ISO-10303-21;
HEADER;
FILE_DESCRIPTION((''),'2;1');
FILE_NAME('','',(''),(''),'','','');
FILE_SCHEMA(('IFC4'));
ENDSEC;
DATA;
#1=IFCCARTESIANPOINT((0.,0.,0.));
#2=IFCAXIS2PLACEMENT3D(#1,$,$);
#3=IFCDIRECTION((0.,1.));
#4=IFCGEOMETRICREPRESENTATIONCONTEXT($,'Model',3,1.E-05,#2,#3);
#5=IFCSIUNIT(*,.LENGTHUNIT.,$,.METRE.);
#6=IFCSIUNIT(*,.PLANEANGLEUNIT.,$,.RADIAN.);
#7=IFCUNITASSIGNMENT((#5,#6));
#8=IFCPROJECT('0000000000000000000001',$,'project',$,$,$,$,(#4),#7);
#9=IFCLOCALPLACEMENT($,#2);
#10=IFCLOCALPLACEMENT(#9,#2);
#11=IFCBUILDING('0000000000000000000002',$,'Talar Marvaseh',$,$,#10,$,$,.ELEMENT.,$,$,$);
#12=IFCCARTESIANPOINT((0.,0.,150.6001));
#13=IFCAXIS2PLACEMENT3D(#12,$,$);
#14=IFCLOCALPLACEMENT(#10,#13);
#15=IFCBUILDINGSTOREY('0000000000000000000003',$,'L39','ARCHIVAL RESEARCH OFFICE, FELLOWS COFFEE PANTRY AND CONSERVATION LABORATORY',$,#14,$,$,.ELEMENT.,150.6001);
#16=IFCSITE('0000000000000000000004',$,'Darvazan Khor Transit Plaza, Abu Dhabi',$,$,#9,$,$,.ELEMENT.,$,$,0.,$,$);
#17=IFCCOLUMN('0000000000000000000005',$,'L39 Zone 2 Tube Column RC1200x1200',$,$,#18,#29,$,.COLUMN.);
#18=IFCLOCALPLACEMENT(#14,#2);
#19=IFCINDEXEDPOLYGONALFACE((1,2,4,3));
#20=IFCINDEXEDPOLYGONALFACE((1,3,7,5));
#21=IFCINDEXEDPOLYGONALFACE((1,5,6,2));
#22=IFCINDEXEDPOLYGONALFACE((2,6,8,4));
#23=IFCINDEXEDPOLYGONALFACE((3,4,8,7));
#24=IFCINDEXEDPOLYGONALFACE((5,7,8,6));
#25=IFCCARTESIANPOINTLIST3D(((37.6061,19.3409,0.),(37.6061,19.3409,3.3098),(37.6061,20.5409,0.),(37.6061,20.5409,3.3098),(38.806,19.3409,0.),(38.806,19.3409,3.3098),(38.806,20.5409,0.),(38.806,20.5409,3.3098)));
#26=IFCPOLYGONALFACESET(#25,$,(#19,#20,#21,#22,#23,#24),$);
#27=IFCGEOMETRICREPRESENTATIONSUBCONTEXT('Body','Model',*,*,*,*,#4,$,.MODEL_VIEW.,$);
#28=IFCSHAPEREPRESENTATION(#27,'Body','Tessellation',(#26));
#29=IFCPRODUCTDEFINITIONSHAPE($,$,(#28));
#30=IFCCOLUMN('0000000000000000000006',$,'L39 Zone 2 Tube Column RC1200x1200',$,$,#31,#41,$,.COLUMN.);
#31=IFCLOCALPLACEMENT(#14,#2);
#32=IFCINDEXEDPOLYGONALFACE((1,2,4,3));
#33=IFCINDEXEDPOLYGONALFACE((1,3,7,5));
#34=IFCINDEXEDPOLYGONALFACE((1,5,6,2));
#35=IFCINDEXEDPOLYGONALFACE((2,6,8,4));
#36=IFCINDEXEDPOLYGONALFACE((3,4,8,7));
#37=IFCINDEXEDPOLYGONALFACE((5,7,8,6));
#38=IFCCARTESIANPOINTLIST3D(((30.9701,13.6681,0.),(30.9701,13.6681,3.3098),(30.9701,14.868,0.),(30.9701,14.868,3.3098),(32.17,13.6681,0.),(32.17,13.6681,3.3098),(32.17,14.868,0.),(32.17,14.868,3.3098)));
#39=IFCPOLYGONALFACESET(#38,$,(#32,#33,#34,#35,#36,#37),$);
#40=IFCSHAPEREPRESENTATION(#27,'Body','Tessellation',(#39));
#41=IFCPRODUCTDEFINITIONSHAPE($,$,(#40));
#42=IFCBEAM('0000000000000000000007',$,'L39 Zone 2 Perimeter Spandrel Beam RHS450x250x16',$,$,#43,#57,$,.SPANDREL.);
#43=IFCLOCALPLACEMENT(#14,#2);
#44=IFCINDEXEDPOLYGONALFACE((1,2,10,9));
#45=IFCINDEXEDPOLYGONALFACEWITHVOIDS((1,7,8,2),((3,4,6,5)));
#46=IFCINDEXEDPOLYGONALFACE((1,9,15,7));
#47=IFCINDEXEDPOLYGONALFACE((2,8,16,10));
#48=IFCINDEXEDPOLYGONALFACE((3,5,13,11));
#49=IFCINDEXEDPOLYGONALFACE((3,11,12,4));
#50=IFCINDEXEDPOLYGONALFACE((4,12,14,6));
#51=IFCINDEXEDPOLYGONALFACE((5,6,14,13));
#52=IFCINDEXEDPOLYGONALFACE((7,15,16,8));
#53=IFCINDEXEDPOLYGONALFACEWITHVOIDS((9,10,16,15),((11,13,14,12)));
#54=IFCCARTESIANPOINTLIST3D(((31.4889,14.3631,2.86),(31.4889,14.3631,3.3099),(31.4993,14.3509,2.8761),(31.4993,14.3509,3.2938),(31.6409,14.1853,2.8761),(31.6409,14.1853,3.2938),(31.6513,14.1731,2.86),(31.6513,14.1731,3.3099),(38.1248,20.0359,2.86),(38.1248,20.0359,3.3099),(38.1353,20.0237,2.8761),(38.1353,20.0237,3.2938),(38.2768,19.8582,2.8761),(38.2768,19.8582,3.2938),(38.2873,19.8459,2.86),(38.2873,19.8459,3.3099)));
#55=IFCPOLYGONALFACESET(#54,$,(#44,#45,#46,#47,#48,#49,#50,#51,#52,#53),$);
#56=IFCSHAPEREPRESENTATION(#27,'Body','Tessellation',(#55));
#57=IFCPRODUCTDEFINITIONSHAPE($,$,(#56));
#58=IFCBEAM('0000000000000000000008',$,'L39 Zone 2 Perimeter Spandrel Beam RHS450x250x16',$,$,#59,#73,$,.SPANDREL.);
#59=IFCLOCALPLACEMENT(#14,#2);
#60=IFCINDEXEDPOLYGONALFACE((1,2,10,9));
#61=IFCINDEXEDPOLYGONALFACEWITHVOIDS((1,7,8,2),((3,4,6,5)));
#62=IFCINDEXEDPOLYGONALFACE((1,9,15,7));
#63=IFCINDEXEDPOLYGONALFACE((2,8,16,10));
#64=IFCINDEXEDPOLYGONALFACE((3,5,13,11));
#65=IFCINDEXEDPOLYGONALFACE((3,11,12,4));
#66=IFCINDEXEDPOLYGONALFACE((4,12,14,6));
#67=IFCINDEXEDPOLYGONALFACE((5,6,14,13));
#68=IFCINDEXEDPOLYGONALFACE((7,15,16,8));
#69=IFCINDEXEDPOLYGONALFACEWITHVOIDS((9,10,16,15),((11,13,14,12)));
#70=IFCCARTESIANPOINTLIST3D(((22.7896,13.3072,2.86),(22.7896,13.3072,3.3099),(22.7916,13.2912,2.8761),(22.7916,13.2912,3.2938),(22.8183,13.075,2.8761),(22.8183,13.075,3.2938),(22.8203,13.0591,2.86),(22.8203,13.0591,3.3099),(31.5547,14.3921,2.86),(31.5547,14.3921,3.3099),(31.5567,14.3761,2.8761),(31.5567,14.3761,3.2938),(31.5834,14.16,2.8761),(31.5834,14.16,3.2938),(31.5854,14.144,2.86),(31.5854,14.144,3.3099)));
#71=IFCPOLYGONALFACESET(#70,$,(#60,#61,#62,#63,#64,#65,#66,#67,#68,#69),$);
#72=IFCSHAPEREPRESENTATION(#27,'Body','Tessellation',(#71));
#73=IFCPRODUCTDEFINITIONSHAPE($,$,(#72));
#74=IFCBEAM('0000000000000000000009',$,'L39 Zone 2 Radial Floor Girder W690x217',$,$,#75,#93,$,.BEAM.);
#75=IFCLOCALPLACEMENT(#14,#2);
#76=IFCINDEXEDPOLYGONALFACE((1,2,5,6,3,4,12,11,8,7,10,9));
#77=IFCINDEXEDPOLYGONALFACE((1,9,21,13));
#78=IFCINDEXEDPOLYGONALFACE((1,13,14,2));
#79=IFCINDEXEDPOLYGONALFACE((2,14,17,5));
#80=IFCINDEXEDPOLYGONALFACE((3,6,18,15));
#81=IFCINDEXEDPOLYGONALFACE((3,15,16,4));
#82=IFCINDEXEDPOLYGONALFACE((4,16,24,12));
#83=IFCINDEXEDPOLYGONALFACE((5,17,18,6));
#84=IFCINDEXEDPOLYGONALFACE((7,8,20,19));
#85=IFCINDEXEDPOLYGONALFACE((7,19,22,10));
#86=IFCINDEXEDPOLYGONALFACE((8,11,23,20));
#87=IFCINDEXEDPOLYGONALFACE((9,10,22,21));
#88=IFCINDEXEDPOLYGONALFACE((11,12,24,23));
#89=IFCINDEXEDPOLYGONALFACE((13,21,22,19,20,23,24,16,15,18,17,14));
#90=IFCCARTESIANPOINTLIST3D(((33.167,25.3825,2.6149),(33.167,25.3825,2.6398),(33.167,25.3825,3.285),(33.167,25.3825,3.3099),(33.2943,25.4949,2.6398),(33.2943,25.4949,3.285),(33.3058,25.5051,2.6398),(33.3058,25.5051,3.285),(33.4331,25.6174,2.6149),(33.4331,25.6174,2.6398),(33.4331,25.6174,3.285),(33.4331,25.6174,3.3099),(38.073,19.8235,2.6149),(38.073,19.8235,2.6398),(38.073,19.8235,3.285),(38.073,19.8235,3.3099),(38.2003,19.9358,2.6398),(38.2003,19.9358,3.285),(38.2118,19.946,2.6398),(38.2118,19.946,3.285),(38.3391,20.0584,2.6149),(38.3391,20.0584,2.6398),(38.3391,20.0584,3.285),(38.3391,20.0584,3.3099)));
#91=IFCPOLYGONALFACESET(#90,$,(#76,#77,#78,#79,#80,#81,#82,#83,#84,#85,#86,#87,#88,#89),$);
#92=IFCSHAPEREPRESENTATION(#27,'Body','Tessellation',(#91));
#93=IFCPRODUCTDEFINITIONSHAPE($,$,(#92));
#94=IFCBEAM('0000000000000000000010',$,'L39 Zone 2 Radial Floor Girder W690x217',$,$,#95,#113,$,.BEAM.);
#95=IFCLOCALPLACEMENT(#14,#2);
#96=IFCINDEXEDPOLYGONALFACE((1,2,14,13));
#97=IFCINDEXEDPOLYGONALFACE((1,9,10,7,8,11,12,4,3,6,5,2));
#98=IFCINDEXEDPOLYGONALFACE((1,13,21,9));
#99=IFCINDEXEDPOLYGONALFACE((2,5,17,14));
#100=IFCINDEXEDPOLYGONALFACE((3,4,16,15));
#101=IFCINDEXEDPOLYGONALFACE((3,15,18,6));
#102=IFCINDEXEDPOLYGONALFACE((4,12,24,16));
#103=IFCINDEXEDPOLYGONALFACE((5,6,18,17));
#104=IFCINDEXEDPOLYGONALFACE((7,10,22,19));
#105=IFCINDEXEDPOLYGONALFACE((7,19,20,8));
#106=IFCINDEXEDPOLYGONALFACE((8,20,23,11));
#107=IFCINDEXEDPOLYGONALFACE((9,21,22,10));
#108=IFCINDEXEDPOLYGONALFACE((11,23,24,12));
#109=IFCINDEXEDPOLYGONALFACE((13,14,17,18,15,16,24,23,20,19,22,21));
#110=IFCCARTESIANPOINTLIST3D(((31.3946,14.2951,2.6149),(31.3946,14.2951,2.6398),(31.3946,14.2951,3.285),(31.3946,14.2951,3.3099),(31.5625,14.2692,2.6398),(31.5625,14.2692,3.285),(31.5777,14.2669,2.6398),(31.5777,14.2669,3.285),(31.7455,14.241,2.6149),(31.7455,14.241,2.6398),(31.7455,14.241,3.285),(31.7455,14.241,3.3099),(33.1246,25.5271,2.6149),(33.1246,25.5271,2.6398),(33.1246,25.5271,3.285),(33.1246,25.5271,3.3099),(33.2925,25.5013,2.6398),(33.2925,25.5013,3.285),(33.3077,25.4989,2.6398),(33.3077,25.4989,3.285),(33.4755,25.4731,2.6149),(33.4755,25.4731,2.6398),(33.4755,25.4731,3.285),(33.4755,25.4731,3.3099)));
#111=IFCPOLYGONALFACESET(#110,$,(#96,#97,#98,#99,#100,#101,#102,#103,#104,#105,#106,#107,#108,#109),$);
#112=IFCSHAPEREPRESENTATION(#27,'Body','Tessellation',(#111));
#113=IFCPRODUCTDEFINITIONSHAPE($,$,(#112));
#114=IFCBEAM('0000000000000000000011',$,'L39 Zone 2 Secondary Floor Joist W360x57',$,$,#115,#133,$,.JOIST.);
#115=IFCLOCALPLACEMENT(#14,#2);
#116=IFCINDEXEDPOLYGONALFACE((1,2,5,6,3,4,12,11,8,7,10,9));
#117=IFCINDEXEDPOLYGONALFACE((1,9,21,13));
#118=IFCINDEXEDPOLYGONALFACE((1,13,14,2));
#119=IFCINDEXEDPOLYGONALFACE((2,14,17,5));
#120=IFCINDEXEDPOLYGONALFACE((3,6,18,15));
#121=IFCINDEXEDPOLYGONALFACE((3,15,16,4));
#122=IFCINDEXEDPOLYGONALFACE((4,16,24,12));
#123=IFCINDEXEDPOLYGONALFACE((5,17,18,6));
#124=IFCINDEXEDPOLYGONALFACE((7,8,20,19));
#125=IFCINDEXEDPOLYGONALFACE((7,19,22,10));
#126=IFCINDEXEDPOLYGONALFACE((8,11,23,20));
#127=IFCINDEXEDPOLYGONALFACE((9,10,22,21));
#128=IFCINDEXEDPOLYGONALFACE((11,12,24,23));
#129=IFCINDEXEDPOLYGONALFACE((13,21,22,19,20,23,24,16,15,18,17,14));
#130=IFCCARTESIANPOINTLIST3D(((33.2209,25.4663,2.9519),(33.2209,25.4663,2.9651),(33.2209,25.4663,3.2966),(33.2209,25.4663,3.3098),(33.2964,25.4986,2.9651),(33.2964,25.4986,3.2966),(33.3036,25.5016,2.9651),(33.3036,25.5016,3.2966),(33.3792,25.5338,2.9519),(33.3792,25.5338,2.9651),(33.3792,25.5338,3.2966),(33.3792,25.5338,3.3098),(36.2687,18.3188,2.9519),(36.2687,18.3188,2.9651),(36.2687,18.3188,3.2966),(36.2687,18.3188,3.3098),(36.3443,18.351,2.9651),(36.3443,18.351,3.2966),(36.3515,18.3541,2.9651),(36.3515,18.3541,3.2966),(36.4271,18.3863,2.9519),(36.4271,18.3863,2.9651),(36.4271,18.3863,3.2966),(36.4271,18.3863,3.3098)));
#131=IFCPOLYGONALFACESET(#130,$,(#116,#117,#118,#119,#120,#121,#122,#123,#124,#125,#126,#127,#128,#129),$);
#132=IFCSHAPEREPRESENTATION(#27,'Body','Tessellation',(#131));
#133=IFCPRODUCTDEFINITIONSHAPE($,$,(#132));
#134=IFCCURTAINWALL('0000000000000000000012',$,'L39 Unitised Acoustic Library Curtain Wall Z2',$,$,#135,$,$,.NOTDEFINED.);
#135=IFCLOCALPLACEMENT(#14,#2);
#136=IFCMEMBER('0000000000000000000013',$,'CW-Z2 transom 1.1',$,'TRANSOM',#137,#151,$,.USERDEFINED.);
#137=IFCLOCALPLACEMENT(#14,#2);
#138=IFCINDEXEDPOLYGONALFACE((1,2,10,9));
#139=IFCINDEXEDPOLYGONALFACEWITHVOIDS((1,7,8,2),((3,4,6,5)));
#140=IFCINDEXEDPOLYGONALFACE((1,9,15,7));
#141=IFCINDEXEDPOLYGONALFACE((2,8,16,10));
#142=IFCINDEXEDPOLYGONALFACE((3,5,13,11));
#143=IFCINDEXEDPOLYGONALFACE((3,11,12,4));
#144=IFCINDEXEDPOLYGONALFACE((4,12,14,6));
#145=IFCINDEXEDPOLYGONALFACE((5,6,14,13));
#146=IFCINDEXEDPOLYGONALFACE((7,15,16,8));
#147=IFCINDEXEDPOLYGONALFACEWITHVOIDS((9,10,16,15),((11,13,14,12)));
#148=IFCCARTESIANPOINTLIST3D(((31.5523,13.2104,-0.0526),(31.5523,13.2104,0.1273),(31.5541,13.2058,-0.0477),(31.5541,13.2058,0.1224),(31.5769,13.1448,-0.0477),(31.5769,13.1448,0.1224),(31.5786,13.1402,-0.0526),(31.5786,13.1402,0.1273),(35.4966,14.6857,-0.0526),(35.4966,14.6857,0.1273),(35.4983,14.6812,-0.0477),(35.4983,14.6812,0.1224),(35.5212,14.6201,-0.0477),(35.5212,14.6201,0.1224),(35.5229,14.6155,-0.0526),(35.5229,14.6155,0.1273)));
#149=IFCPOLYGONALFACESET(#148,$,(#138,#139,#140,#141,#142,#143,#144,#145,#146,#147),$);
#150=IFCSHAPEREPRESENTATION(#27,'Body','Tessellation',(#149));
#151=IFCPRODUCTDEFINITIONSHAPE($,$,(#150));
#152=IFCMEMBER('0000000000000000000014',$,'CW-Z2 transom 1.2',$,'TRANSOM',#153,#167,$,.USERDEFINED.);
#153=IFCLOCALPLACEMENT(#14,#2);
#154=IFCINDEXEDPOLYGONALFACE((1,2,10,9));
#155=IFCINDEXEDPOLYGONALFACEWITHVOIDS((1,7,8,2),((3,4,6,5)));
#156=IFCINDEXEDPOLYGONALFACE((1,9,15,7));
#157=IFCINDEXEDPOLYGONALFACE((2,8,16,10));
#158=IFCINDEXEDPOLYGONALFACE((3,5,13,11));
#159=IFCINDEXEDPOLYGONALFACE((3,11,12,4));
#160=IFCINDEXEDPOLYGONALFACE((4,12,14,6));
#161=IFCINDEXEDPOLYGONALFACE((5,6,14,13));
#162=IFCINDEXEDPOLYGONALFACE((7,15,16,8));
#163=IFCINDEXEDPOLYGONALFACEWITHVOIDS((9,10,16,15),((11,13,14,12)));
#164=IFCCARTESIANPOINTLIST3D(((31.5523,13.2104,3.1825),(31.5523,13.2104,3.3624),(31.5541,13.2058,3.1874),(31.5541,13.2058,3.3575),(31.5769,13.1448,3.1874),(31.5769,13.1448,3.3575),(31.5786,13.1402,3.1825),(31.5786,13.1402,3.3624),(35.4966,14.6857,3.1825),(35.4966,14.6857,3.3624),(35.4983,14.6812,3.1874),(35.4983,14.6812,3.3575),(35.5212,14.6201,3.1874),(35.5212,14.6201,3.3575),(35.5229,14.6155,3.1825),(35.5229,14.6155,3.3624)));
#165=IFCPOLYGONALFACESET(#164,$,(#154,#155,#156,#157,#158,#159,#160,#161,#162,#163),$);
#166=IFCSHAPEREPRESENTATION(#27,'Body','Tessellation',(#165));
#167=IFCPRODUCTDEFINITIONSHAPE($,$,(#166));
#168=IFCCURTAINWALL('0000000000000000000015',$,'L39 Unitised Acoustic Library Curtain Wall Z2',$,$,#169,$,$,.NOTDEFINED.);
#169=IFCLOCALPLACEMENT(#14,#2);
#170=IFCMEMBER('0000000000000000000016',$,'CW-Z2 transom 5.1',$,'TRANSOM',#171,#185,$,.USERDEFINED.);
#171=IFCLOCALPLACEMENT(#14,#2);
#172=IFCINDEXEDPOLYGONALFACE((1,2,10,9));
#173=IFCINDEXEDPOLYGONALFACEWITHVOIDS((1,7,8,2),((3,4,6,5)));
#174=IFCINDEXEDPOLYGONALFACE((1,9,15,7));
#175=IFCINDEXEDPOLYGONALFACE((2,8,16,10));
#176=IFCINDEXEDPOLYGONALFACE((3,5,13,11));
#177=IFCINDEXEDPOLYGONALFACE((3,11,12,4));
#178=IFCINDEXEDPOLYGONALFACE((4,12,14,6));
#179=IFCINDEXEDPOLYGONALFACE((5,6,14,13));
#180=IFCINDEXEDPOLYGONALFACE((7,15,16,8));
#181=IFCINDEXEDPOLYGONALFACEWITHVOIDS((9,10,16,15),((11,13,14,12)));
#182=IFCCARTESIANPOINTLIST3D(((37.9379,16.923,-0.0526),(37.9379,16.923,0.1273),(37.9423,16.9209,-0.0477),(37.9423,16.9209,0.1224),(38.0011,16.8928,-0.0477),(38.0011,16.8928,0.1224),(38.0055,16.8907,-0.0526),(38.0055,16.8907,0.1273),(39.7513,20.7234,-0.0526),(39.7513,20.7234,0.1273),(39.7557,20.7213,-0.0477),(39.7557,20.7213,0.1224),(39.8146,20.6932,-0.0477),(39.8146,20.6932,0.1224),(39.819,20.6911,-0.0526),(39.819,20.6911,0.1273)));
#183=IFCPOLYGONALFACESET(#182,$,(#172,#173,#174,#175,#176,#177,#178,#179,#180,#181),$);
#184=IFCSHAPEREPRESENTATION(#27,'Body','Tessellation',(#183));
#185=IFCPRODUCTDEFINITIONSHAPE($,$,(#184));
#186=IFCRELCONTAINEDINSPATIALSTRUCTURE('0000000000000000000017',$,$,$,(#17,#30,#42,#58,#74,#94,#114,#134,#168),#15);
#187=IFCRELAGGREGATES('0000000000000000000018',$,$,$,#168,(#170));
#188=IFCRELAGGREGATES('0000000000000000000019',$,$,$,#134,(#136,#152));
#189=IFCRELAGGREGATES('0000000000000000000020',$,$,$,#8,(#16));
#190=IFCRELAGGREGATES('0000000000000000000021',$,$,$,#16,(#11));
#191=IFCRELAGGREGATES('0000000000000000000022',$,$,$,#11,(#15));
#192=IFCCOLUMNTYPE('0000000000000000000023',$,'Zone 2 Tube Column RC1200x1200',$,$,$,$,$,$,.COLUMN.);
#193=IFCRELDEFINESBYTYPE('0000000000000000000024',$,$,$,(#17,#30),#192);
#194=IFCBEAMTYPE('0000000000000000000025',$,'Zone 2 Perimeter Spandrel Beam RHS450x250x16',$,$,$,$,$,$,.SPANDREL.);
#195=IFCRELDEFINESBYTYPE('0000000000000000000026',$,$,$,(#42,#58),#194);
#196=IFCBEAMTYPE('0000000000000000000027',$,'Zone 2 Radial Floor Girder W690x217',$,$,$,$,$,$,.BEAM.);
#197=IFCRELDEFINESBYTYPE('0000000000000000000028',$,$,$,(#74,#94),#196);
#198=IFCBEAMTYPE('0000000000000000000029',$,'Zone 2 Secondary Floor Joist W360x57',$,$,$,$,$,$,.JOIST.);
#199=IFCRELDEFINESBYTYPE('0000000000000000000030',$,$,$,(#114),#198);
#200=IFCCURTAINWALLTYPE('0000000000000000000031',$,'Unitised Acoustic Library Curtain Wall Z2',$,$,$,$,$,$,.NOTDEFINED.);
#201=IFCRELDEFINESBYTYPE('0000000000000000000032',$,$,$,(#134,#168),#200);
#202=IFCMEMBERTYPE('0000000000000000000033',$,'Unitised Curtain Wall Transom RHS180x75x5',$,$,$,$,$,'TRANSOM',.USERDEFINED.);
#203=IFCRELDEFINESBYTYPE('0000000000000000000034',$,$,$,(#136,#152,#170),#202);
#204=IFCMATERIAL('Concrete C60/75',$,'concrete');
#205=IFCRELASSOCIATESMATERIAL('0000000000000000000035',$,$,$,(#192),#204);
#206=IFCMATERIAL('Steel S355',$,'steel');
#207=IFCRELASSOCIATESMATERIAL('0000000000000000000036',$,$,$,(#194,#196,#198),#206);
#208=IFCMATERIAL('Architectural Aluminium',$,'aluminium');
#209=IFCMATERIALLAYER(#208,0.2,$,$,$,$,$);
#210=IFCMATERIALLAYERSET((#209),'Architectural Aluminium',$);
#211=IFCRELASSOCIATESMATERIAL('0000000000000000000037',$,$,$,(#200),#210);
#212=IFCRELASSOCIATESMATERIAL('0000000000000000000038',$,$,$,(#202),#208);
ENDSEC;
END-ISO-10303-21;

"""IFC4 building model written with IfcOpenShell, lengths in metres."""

from ifc_helpers import new_model, si_unit, direction, frame, origin, origin_2d, place, context, subcontext, project, spatial, rectangle, hollow_rectangle, i_section, extrude, source, transform, mapped, material, layer, layer_set, material_profile, profile_set, type_object, type_shapes, element, aggregate, save


model = new_model("IFC4")

# Units and contexts
model_context = context("Model", 3, precision=1e-05, world=origin(), true_north=direction((0.0, 1.0)))
body_context = subcontext(model_context, "Body", "Model", "MODEL_VIEW")
ifc_project = project(units=[si_unit("LENGTHUNIT", "METRE"), si_unit("PLANEANGLEUNIT", "RADIAN")], contexts=[model_context])

# Site, building, storey
site_placement = place(None, origin())
site = spatial("IfcSite", under=ifc_project, at=site_placement, Name="Darvazan Khor Transit Plaza, Abu Dhabi", CompositionType="ELEMENT", RefElevation=0.0)
building_placement = place(site_placement, origin())
building = spatial("IfcBuilding", under=site, at=building_placement, Name="Talar Marvaseh", CompositionType="ELEMENT")
storey_placement = place(building_placement, frame((0.0, 0.0, 150.6001)))
storey = spatial("IfcBuildingStorey", under=building, at=storey_placement, Name="L39", Description="ARCHIVAL RESEARCH OFFICE, FELLOWS COFFEE PANTRY AND CONSERVATION LABORATORY", CompositionType="ELEMENT", Elevation=150.6001)

# Columns
ifc_material_1 = material(Name="Concrete C60/75", Category="concrete")
ifc_material_profile_1 = material_profile(ifc_material_1, rectangle(XDim=1.2, YDim=1.2, at=origin_2d()), Name="RC1200x1200")
ifc_profile_set_1 = profile_set([ifc_material_profile_1], Name="Concrete C60/75")
column_type = type_object("IfcColumnType", Name="Zone 2 Tube Column RC1200x1200", PredefinedType="COLUMN", material=ifc_profile_set_1)
for number, where, z_axis, x_axis, name in (
    (1, (38.2061, 19.9409, 0.0), (0.0, 0.0, 1.0), (1.0, 0.0, 0.0), "L39 Zone 2 Tube Column RC1200x1200"),
    (2, (31.5701, 14.2681, 0.0), (0.0, 0.0, 1.0), (1.0, 0.0, 0.0), "L39 Zone 2 Tube Column RC1200x1200"),
):
    element("IfcColumn", number, at=place(storey_placement, frame(where, z_axis=z_axis, x_axis=x_axis)), inside=storey, type_object=column_type, Name=name, PredefinedType="COLUMN", context=body_context, shape_type="SweptSolid", body=[
        extrude(rectangle(XDim=1.2, YDim=1.2, at=origin_2d()), origin(), (0.0, 0.0, 1.0), 3.3098),
    ])

# Beams
ifc_material_2 = material(Name="Steel S355", Category="steel")
ifc_material_profile_2 = material_profile(ifc_material_2, hollow_rectangle(XDim=0.25, YDim=0.45, WallThickness=0.0161, at=origin_2d()), Name="RHS450x250x16")
ifc_profile_set_2 = profile_set([ifc_material_profile_2], Name="Steel S355")
beam_type_1 = type_object("IfcBeamType", Name="Zone 2 Perimeter Spandrel Beam RHS450x250x16", PredefinedType="SPANDREL", material=ifc_profile_set_2)
beam_1_placement = place(storey_placement, frame((38.2061, 19.9409, 3.085), z_axis=(-0.760113, -0.649791, 0.0), x_axis=(0.649791, -0.760113, 0.0)))
element("IfcBeam", 3, at=beam_1_placement, inside=storey, type_object=beam_type_1, Name="L39 Zone 2 Perimeter Spandrel Beam RHS450x250x16", PredefinedType="SPANDREL", context=body_context, shape_type="SweptSolid", body=[
    extrude(hollow_rectangle(XDim=0.25, YDim=0.45, WallThickness=0.0161, at=origin_2d()), origin(), (0.0, 0.0, 1.0), 8.7302),
])
beam_2_placement = place(storey_placement, frame((31.5701, 14.2681, 3.085), z_axis=(-0.992426, -0.122844, 0.0), x_axis=(0.122844, -0.992426, 0.0)))
element("IfcBeam", 4, at=beam_2_placement, inside=storey, type_object=beam_type_1, Name="L39 Zone 2 Perimeter Spandrel Beam RHS450x250x16", PredefinedType="SPANDREL", context=body_context, shape_type="SweptSolid", body=[
    extrude(hollow_rectangle(XDim=0.25, YDim=0.45, WallThickness=0.0161, at=origin_2d()), origin(), (0.0, 0.0, 1.0), 8.832),
])
ifc_material_profile_3 = material_profile(ifc_material_2, i_section(OverallWidth=0.355, OverallDepth=0.6951, WebThickness=0.0154, FlangeThickness=0.0249, at=origin_2d()), Name="W690x217")
ifc_profile_set_3 = profile_set([ifc_material_profile_3], Name="Steel S355")
beam_type_2 = type_object("IfcBeamType", Name="Zone 2 Radial Floor Girder W690x217", PredefinedType="BEAM", material=ifc_profile_set_3)
beam_3_placement = place(storey_placement, frame((38.2061, 19.9409, 2.9624), z_axis=(-0.661692, 0.749775, 0.0), x_axis=(-0.749775, -0.661692, 0.0)))
element("IfcBeam", 5, at=beam_3_placement, inside=storey, type_object=beam_type_2, Name="L39 Zone 2 Radial Floor Girder W690x217", PredefinedType="BEAM", context=body_context, shape_type="SweptSolid", body=[
    extrude(i_section(OverallWidth=0.355, OverallDepth=0.6951, WebThickness=0.0154, FlangeThickness=0.0249, at=origin_2d()), origin(), (0.0, 0.0, 1.0), 7.4143),
])
beam_4_placement = place(storey_placement, frame((31.5701, 14.2681, 2.9624), z_axis=(0.152228, 0.988345, 0.0), x_axis=(-0.988345, 0.152228, 0.0)))
element("IfcBeam", 6, at=beam_4_placement, inside=storey, type_object=beam_type_2, Name="L39 Zone 2 Radial Floor Girder W690x217", PredefinedType="BEAM", context=body_context, shape_type="SweptSolid", body=[
    extrude(i_section(OverallWidth=0.355, OverallDepth=0.6951, WebThickness=0.0154, FlangeThickness=0.0249, at=origin_2d()), origin(), (0.0, 0.0, 1.0), 11.3645),
])
ifc_material_profile_4 = material_profile(ifc_material_2, i_section(OverallWidth=0.1721, OverallDepth=0.3579, WebThickness=0.0078, FlangeThickness=0.0132, at=origin_2d()), Name="W360x57")
ifc_profile_set_4 = profile_set([ifc_material_profile_4], Name="Steel S355")
beam_type_3 = type_object("IfcBeamType", Name="Zone 2 Secondary Floor Joist W360x57", PredefinedType="JOIST", material=ifc_profile_set_4)
beam_5_placement = place(storey_placement, frame((36.3479, 18.3525, 3.1309), z_axis=(-0.39225, 0.919859, 0.0), x_axis=(-0.919859, -0.39225, 0.0)))
element("IfcBeam", 7, at=beam_5_placement, inside=storey, type_object=beam_type_3, Name="L39 Zone 2 Secondary Floor Joist W360x57", PredefinedType="JOIST", context=body_context, shape_type="SweptSolid", body=[
    extrude(i_section(OverallWidth=0.1721, OverallDepth=0.3579, WebThickness=0.0078, FlangeThickness=0.0132, at=origin_2d()), origin(), (0.0, 0.0, 1.0), 7.7703),
])

# Curtain walls, members
ifc_material_3 = material(Name="Architectural Aluminium", Category="aluminium")
ifc_layer_1 = layer(ifc_material_3, 0.2)
ifc_layer_set_1 = layer_set([ifc_layer_1], Name="Architectural Aluminium")
curtain_wall_type = type_object("IfcCurtainWallType", Name="Unitised Acoustic Library Curtain Wall Z2", PredefinedType="NOTDEFINED", material=ifc_layer_set_1)
curtain_wall_1_placement = place(storey_placement, origin())
curtain_wall_1 = element("IfcCurtainWall", 8, at=curtain_wall_1_placement, inside=storey, type_object=curtain_wall_type, Name="L39 Unitised Acoustic Library Curtain Wall Z2", PredefinedType="NOTDEFINED")
ifc_material_profile_5 = material_profile(ifc_material_3, hollow_rectangle(XDim=0.075, YDim=0.1799, WallThickness=0.0049, at=origin_2d()), Name="RHS180x75x5")
ifc_profile_set_5 = profile_set([ifc_material_profile_5], Name="Architectural Aluminium")
member_type_1 = type_object("IfcMemberType", Name="Unitised Curtain Wall Transom RHS180x75x5", ElementType="TRANSOM", PredefinedType="USERDEFINED", material=ifc_profile_set_5)
shared_shape_1 = source(origin(), body_context, "Body", "SweptSolid", [
    extrude(hollow_rectangle(XDim=0.075, YDim=0.1799, WallThickness=0.0049, at=origin_2d()), origin(), (0.0, 0.0, 1.0), 4.2112),
])
member_1_placement = place(storey_placement, frame((35.5098, 14.6506, 0.0374), z_axis=(-0.936624, -0.350336, 0.0), x_axis=(0.350336, -0.936624, 0.0)))
member_1 = element("IfcMember", 9, at=member_1_placement, type_object=member_type_1, Name="CW-Z2 transom 1.1", ObjectType="TRANSOM", PredefinedType="USERDEFINED", context=body_context, shape_type="MappedRepresentation", body=[
    mapped(shared_shape_1, transform((0.0, 0.0, 0.0), x_axis=(1.0, 0.0, 0.0), y_axis=(0.0, 1.0, 0.0), z_axis=(0.0, 0.0, 1.0), scale=1.0)),
])
member_2_placement = place(storey_placement, frame((35.5098, 14.6506, 3.2725), z_axis=(-0.936624, -0.350336, 0.0), x_axis=(0.350336, -0.936624, 0.0)))
member_2 = element("IfcMember", 10, at=member_2_placement, type_object=member_type_1, Name="CW-Z2 transom 1.2", ObjectType="TRANSOM", PredefinedType="USERDEFINED", context=body_context, shape_type="MappedRepresentation", body=[
    mapped(shared_shape_1, transform((0.0, 0.0, 0.0), x_axis=(1.0, 0.0, 0.0), y_axis=(0.0, 1.0, 0.0), z_axis=(0.0, 0.0, 1.0), scale=1.0)),
])
curtain_wall_2_placement = place(storey_placement, origin())
curtain_wall_2 = element("IfcCurtainWall", 11, at=curtain_wall_2_placement, inside=storey, type_object=curtain_wall_type, Name="L39 Unitised Acoustic Library Curtain Wall Z2", PredefinedType="NOTDEFINED")
shared_shape_2 = source(origin(), body_context, "Body", "SweptSolid", [
    extrude(hollow_rectangle(XDim=0.075, YDim=0.1799, WallThickness=0.0049, at=origin_2d()), origin(), (0.0, 0.0, 1.0), 4.2109),
])
type_shapes(member_type_1, [shared_shape_1, shared_shape_2])
member_3_placement = place(storey_placement, frame((39.7852, 20.7073, 0.0374), z_axis=(-0.430649, -0.902519, 0.0), x_axis=(0.902519, -0.430649, 0.0)))
member_3 = element("IfcMember", 12, at=member_3_placement, type_object=member_type_1, Name="CW-Z2 transom 5.1", ObjectType="TRANSOM", PredefinedType="USERDEFINED", context=body_context, shape_type="MappedRepresentation", body=[
    mapped(shared_shape_2, transform((0.0, 0.0, 0.0), x_axis=(1.0, 0.0, 0.0), y_axis=(0.0, 1.0, 0.0), z_axis=(0.0, 0.0, 1.0), scale=1.0)),
])

aggregate(curtain_wall_2, [member_3])
aggregate(curtain_wall_1, [member_1, member_2])

save(model, "model.ifc")
